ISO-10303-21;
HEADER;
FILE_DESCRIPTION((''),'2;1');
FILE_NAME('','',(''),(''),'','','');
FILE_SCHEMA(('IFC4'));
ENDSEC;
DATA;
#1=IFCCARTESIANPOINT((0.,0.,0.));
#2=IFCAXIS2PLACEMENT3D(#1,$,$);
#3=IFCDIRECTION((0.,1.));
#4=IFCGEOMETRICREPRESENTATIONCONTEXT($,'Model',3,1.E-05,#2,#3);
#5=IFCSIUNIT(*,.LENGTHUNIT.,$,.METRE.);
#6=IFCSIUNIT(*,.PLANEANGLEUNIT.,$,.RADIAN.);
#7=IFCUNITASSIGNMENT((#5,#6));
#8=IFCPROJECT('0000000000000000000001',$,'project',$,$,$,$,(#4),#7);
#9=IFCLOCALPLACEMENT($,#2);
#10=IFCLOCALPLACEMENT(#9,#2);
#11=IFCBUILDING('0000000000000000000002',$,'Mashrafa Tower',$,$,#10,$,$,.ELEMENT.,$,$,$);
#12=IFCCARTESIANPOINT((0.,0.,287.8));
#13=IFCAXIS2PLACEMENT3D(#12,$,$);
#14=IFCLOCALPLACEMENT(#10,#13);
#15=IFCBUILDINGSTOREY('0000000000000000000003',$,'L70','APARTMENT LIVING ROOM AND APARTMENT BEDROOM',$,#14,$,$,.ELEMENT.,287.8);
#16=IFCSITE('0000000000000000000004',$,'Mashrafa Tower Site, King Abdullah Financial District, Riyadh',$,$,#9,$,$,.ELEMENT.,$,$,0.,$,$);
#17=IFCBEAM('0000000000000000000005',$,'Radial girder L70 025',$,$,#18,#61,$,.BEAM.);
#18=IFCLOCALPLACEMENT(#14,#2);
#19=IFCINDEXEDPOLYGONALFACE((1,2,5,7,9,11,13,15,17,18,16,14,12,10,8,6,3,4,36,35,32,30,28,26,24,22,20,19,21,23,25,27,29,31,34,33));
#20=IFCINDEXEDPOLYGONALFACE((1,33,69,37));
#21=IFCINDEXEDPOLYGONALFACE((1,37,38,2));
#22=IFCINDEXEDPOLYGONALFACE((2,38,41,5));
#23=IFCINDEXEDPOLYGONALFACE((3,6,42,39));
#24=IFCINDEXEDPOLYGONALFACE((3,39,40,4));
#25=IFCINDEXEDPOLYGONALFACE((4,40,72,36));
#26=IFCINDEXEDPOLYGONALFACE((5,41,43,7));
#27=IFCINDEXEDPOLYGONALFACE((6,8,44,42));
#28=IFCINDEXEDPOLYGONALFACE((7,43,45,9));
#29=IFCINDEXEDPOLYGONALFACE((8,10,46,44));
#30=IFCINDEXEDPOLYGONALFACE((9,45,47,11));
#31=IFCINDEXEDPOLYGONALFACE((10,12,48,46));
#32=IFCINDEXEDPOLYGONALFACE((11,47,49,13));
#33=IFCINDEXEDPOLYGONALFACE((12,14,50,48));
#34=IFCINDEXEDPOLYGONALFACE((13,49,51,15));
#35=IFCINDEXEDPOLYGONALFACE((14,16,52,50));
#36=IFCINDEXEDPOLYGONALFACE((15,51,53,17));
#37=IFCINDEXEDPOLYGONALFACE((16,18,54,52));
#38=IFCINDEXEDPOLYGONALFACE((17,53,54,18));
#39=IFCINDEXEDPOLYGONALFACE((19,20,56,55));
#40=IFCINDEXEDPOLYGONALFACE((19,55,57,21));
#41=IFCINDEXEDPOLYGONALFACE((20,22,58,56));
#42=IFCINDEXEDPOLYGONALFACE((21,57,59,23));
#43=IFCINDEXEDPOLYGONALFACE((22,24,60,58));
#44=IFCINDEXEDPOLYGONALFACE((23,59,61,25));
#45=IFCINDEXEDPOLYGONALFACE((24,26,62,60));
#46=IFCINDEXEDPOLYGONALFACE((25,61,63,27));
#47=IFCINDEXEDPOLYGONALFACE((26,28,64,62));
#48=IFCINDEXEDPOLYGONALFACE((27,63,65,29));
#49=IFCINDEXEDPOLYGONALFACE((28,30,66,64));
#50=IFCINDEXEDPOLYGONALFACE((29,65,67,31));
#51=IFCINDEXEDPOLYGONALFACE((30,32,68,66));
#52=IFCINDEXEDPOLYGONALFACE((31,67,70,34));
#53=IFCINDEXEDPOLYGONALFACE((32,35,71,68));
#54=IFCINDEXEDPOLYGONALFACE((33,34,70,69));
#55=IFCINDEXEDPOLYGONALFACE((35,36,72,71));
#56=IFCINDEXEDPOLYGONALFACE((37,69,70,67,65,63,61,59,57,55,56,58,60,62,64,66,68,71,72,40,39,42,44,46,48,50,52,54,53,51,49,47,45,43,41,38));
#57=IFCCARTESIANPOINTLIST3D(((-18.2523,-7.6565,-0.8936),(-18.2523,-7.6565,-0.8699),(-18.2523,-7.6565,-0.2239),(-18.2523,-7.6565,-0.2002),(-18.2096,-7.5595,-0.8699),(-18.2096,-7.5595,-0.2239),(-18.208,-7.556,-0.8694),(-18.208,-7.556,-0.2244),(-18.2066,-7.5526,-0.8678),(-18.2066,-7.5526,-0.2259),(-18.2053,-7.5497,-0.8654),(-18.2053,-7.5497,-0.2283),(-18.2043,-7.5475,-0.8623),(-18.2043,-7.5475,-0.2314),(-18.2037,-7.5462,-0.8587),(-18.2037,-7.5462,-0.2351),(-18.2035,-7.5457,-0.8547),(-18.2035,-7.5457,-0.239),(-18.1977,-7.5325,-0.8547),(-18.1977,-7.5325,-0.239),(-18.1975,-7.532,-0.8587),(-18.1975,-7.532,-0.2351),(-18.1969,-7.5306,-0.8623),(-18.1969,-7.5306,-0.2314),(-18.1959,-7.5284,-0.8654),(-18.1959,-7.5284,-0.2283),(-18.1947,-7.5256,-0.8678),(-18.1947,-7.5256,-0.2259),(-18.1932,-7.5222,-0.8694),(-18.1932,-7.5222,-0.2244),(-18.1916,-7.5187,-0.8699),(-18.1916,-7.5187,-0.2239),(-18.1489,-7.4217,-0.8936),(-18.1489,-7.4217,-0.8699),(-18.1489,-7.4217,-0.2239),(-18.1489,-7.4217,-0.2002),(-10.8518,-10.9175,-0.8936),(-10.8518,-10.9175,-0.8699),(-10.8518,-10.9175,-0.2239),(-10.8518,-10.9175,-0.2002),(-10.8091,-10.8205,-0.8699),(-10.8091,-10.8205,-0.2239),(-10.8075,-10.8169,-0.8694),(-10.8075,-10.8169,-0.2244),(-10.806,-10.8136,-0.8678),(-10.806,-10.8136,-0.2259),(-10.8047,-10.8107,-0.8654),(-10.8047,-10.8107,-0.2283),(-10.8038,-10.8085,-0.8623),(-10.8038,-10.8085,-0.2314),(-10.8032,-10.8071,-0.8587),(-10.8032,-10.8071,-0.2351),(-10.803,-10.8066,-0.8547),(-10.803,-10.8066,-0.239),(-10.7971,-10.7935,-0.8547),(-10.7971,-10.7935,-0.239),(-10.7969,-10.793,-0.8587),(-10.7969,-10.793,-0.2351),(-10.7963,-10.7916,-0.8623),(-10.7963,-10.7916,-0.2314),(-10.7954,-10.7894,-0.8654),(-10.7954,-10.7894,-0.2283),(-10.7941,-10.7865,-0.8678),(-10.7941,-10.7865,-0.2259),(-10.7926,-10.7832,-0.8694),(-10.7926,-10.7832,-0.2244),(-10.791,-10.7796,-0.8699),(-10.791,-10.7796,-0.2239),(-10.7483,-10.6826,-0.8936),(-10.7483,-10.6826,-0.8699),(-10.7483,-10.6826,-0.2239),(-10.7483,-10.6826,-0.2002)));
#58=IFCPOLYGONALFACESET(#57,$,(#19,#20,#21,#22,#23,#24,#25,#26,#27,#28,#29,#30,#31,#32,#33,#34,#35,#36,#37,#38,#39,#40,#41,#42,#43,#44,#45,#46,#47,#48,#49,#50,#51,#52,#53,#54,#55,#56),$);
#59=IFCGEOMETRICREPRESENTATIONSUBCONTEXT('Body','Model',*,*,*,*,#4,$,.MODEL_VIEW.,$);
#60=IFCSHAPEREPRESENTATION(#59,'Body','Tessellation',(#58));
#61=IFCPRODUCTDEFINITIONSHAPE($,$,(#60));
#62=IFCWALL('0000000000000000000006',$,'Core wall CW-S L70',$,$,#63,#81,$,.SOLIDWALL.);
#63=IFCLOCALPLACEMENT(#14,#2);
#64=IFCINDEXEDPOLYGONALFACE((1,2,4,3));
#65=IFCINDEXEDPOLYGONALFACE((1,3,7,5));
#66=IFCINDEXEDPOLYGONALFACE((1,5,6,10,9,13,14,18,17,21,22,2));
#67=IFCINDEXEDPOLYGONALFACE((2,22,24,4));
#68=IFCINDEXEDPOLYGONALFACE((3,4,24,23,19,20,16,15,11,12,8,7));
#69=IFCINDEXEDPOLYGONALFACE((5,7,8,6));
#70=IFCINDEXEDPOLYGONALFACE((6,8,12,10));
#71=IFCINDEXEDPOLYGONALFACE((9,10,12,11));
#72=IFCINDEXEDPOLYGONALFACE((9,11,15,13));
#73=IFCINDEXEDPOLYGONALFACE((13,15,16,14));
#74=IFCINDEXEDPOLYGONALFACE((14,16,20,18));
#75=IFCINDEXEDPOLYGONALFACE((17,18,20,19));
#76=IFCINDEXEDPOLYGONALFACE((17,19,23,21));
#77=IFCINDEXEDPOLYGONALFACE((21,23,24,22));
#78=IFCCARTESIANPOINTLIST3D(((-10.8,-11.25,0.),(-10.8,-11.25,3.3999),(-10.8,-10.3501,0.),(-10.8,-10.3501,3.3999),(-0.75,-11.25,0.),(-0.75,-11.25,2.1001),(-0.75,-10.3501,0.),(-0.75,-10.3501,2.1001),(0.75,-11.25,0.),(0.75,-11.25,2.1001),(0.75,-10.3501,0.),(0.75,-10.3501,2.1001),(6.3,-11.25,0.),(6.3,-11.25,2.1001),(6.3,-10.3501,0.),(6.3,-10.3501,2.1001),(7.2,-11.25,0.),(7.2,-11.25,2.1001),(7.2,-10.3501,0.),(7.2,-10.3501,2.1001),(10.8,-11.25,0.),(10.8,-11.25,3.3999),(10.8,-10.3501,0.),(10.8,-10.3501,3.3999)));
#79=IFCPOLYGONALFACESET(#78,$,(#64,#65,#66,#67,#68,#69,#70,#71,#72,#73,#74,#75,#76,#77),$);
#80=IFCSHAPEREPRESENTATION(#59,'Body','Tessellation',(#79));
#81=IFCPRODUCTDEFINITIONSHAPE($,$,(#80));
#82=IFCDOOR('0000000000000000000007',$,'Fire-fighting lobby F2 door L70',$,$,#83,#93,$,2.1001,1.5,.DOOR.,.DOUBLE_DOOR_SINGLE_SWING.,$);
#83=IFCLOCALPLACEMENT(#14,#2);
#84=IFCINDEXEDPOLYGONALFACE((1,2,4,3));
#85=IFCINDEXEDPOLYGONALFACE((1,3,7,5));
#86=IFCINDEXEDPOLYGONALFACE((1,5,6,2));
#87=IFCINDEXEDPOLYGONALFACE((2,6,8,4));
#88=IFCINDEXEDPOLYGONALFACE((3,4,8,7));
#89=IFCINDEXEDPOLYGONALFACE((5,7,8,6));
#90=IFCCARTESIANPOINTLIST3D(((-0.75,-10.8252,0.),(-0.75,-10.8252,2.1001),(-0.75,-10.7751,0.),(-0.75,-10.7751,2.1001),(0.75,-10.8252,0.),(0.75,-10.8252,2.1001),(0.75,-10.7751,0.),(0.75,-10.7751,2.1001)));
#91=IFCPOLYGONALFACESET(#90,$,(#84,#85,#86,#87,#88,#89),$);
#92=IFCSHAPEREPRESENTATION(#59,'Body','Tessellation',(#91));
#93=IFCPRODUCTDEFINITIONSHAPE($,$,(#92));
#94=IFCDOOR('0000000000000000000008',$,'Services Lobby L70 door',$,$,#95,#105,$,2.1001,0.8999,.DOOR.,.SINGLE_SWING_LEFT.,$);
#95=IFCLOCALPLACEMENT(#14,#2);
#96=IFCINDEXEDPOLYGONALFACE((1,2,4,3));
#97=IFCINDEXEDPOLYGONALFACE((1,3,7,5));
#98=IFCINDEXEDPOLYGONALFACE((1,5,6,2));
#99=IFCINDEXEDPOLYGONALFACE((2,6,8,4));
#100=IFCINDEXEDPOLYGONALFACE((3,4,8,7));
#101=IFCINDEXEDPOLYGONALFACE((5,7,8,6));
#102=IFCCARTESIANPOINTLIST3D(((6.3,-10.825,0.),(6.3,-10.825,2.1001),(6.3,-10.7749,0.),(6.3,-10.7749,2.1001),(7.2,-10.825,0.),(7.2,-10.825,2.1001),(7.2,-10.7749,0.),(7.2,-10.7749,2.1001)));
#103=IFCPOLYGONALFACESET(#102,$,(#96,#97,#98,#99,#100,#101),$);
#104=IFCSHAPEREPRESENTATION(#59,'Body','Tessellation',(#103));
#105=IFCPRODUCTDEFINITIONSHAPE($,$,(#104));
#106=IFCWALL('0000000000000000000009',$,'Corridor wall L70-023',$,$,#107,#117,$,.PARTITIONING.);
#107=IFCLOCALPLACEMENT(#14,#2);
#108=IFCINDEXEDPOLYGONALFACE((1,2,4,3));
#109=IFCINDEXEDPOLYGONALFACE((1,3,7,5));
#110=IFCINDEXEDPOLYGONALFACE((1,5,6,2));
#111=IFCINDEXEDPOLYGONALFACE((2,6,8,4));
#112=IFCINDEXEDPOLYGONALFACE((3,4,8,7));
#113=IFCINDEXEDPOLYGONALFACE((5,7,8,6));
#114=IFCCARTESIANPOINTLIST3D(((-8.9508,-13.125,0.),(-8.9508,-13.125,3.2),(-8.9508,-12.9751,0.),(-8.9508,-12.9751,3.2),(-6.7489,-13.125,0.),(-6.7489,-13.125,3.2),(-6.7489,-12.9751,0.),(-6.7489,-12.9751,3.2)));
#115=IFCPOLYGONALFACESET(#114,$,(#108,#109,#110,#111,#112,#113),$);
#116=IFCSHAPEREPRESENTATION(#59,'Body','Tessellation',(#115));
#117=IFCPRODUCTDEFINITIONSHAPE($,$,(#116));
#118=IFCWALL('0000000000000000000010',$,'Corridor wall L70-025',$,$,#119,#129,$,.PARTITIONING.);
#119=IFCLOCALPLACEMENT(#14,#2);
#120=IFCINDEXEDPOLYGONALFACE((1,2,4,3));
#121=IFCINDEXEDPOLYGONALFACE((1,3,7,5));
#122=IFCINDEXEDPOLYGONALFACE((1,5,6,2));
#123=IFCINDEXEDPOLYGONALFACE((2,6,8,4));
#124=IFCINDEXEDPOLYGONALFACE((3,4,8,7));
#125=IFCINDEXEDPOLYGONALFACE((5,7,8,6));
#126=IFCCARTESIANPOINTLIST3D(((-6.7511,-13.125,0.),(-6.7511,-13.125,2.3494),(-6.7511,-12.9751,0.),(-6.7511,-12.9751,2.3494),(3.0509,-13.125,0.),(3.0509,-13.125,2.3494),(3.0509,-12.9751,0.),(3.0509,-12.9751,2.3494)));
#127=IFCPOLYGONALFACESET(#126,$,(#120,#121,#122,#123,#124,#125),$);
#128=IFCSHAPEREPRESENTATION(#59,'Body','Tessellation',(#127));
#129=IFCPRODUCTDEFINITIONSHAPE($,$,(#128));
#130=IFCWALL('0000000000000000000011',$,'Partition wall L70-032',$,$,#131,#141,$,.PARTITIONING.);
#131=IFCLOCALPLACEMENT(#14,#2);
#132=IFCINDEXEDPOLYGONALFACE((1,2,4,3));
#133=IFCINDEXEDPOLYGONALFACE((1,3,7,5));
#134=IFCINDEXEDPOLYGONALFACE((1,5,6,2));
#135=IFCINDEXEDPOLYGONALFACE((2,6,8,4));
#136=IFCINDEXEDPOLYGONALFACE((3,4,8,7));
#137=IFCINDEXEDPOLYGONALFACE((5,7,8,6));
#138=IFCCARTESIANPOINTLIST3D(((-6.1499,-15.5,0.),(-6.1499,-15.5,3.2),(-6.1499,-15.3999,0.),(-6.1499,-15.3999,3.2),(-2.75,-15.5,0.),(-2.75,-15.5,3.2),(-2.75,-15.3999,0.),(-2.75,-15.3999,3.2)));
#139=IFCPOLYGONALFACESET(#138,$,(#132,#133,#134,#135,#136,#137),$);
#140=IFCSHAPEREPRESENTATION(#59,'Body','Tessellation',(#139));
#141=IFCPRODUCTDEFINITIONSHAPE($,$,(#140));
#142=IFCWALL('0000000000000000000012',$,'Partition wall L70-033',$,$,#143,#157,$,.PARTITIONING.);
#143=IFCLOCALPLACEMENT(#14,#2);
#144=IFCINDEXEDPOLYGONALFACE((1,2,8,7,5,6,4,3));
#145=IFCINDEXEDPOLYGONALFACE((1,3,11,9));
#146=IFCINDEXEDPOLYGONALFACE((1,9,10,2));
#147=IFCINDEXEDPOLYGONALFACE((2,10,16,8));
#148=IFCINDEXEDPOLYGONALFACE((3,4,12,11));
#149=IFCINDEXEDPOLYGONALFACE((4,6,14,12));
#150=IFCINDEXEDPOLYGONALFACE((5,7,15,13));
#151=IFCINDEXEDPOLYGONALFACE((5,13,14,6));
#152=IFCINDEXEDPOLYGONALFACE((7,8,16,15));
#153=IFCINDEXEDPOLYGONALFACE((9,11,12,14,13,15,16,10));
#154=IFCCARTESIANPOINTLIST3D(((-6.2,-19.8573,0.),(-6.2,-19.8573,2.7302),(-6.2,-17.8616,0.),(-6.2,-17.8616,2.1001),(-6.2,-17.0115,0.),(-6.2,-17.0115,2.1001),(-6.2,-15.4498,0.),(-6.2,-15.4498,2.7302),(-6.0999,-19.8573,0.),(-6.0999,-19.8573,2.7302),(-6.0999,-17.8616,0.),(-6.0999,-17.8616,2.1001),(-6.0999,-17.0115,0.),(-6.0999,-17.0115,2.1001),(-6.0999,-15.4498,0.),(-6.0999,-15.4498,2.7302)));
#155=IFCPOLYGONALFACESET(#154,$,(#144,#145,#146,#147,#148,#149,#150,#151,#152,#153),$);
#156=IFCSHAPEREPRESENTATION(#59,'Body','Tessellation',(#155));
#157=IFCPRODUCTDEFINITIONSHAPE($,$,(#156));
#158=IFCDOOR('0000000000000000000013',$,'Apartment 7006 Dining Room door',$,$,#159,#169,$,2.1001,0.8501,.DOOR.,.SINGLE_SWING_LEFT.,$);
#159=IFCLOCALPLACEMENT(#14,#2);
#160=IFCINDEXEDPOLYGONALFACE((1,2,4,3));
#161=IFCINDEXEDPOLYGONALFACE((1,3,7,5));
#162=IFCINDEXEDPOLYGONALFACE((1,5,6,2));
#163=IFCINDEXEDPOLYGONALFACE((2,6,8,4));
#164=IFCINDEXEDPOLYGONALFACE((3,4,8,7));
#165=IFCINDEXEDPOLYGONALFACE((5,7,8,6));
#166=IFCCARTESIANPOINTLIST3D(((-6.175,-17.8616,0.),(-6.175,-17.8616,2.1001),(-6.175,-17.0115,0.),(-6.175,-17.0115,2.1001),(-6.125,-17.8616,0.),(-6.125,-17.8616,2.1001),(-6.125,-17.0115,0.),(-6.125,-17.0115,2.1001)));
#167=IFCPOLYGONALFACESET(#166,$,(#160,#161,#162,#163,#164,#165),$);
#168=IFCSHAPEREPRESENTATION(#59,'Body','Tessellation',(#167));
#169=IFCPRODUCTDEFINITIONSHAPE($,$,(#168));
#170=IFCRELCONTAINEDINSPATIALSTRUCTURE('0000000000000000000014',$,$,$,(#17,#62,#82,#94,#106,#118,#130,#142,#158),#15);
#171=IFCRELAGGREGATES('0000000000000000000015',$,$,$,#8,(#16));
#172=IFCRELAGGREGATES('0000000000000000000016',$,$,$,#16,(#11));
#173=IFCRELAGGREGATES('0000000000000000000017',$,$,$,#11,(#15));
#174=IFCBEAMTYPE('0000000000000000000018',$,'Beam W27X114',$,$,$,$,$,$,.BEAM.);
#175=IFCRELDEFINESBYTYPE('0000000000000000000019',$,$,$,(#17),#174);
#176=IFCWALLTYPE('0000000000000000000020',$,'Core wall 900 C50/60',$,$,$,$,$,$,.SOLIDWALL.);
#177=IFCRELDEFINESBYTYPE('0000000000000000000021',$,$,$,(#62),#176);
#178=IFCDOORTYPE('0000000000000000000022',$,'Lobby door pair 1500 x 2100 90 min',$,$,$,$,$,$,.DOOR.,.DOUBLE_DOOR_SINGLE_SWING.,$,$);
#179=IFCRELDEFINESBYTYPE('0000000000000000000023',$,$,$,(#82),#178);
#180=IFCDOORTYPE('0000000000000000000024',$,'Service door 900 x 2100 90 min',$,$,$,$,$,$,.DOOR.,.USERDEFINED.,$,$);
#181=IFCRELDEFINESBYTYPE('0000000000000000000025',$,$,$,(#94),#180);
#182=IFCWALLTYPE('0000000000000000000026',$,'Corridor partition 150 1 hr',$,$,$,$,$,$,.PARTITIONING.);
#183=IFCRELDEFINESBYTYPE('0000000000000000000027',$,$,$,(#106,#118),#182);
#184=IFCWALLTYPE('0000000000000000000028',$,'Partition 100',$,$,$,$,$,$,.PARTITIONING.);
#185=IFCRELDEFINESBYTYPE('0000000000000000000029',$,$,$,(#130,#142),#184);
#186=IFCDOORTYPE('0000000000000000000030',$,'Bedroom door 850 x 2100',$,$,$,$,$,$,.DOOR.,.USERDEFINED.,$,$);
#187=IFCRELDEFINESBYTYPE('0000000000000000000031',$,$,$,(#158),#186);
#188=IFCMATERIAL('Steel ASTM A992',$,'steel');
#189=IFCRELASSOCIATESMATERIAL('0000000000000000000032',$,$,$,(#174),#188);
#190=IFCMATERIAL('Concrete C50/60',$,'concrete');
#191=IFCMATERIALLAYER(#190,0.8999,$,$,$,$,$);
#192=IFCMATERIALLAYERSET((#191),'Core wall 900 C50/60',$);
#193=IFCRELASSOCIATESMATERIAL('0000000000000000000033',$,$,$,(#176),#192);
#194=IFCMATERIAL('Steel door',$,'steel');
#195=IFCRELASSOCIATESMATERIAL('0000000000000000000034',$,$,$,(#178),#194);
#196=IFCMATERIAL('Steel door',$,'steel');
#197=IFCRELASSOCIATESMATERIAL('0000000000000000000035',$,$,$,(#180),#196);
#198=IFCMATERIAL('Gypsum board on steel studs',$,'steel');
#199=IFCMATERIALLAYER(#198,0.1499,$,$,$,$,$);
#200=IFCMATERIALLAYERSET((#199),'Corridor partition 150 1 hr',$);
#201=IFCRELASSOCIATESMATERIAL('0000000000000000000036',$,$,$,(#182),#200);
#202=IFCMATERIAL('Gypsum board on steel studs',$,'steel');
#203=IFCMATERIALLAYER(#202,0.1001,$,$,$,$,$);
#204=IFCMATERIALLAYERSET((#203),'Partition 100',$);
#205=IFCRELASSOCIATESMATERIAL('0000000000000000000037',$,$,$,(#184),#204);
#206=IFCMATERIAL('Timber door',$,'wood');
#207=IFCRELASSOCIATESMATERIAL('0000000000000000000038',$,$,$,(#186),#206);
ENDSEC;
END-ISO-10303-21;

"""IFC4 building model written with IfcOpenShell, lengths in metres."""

from ifc_helpers import new_model, si_unit, direction, frame, frame_2d, origin, origin_2d, place, context, subcontext, project, spatial, rectangle, i_section, extrude, material, layer, layer_set, material_profile, profile_set, type_object, element, fill, save


model = new_model("IFC4")

# Units and contexts
model_context = context("Model", 3, precision=1e-05, world=origin(), true_north=direction((0.0, 1.0)))
body_context = subcontext(model_context, "Body", "Model", "MODEL_VIEW")
ifc_project = project(units=[si_unit("LENGTHUNIT", "METRE"), si_unit("PLANEANGLEUNIT", "RADIAN")], contexts=[model_context])

# Site, building, storey
site_placement = place(None, origin())
site = spatial("IfcSite", under=ifc_project, at=site_placement, Name="Mashrafa Tower Site, King Abdullah Financial District, Riyadh", CompositionType="ELEMENT", RefElevation=0.0)
building_placement = place(site_placement, origin())
building = spatial("IfcBuilding", under=site, at=building_placement, Name="Mashrafa Tower", CompositionType="ELEMENT")
storey_placement = place(building_placement, frame((0.0, 0.0, 287.8)))
storey = spatial("IfcBuildingStorey", under=building, at=storey_placement, Name="L70", Description="APARTMENT LIVING ROOM AND APARTMENT BEDROOM", CompositionType="ELEMENT", Elevation=287.8)

# Beam
ifc_material_1 = material(Name="Steel ASTM A992", Category="steel")
ifc_material_profile_1 = material_profile(ifc_material_1, i_section(OverallWidth=0.2566, OverallDepth=0.6934, WebThickness=0.0144, FlangeThickness=0.0237, FilletRadius=0.0151, at=origin_2d()), Name="W27X114")
ifc_profile_set_1 = profile_set([ifc_material_profile_1], Name="Steel ASTM A992")
beam_type_1 = type_object("IfcBeamType", Name="Beam W27X114", PredefinedType="BEAM", material=ifc_profile_set_1)
beam_1_placement = place(storey_placement, frame((-10.8, -10.8, -0.5469), z_axis=(-0.9151, 0.403226, 0.0), x_axis=(-0.403226, -0.9151, 0.0)))
element("IfcBeam", 1, at=beam_1_placement, inside=storey, type_object=beam_type_1, Name="Radial girder L70 025", PredefinedType="BEAM", context=body_context, shape_type="SweptSolid", body=[
    extrude(i_section(OverallWidth=0.2566, OverallDepth=0.6934, WebThickness=0.0144, FlangeThickness=0.0237, FilletRadius=0.0151, at=origin_2d()), origin(), (0.0, 0.0, 1.0), 8.0872),
])

# Wall, openings, doors
ifc_material_2 = material(Name="Concrete C50/60", Category="concrete")
ifc_layer_1 = layer(ifc_material_2, 0.8999)
ifc_layer_set_1 = layer_set([ifc_layer_1], Name="Core wall 900 C50/60")
wall_type_1 = type_object("IfcWallType", Name="Core wall 900 C50/60", PredefinedType="SOLIDWALL", material=ifc_layer_set_1)
wall_1_placement = place(storey_placement, frame((-10.8, -10.8, 0.0), z_axis=(0.0, 0.0, 1.0), x_axis=(1.0, 0.0, 0.0)))
wall_1 = element("IfcWall", 2, at=wall_1_placement, inside=storey, type_object=wall_type_1, Name="Core wall CW-S L70", PredefinedType="SOLIDWALL", context=body_context, shape_type="SweptSolid", body=[
    extrude(rectangle(XDim=21.6001, YDim=0.8999, at=frame_2d((10.8, 0.0))), origin(), (0.0, 0.0, 1.0), 3.3999),
])
opening_1_placement = place(wall_1_placement, frame((10.05, 0.0, 0.0)))
opening_1 = element("IfcOpeningElement", 3, at=opening_1_placement, cuts=wall_1, PredefinedType="OPENING", context=body_context, shape_type="SweptSolid", body=[
    extrude(rectangle(XDim=1.5, YDim=2.1001, at=frame_2d((0.75, 1.05))), frame((0.0, 0.46, 0.0), z_axis=(0.0, -1.0, 0.0), x_axis=(1.0, 0.0, 0.0)), (0.0, 0.0, 1.0), 0.9199),
])
opening_2_placement = place(wall_1_placement, frame((17.1001, 0.0, 0.0)))
opening_2 = element("IfcOpeningElement", 4, at=opening_2_placement, cuts=wall_1, PredefinedType="OPENING", context=body_context, shape_type="SweptSolid", body=[
    extrude(rectangle(XDim=0.8999, YDim=2.1001, at=frame_2d((0.45, 1.05))), frame((0.0, 0.46, 0.0), z_axis=(0.0, -1.0, 0.0), x_axis=(1.0, 0.0, 0.0)), (0.0, 0.0, 1.0), 0.9199),
])
ifc_material_3 = material(Name="Steel door", Category="steel")
door_type_1 = type_object("IfcDoorType", Name="Lobby door pair 1500 x 2100 90 min", OperationType="DOUBLE_DOOR_SINGLE_SWING", PredefinedType="DOOR", material=ifc_material_3)
door_1_placement = place(opening_1_placement, origin())
door_1 = element("IfcDoor", 5, at=door_1_placement, inside=storey, type_object=door_type_1, Name="Fire-fighting lobby F2 door L70", OperationType="DOUBLE_DOOR_SINGLE_SWING", OverallHeight=2.1001, OverallWidth=1.5, PredefinedType="DOOR", context=body_context, shape_type="SweptSolid", body=[
    extrude(rectangle(XDim=1.5, YDim=2.1001, at=frame_2d((0.75, 1.05))), frame((0.0, 0.0249, 0.0), z_axis=(0.0, -1.0, 0.0), x_axis=(1.0, 0.0, 0.0)), (0.0, 0.0, 1.0), 0.05),
])
fill(opening_1, door_1)
ifc_material_4 = material(Name="Steel door", Category="steel")
door_type_2 = type_object("IfcDoorType", Name="Service door 900 x 2100 90 min", OperationType="USERDEFINED", PredefinedType="DOOR", material=ifc_material_4)
door_2_placement = place(opening_2_placement, frame((0.8999, 0.0, 0.0), z_axis=(0.0, 0.0, 1.0), x_axis=(-1.0, 0.0, 0.0)))
door_2 = element("IfcDoor", 6, at=door_2_placement, inside=storey, type_object=door_type_2, Name="Services Lobby L70 door", OperationType="SINGLE_SWING_LEFT", OverallHeight=2.1001, OverallWidth=0.8999, PredefinedType="DOOR", context=body_context, shape_type="SweptSolid", body=[
    extrude(rectangle(XDim=0.8999, YDim=2.1001, at=frame_2d((0.45, 1.05))), frame((0.0, 0.0249, 0.0), z_axis=(0.0, -1.0, 0.0), x_axis=(1.0, 0.0, 0.0)), (0.0, 0.0, 1.0), 0.05),
])
fill(opening_2, door_2)

# Walls
ifc_material_5 = material(Name="Gypsum board on steel studs", Category="steel")
ifc_layer_2 = layer(ifc_material_5, 0.1499)
ifc_layer_set_2 = layer_set([ifc_layer_2], Name="Corridor partition 150 1 hr")
wall_type_2 = type_object("IfcWallType", Name="Corridor partition 150 1 hr", PredefinedType="PARTITIONING", material=ifc_layer_set_2)
wall_2_placement = place(storey_placement, frame((-8.9509, -13.05, 0.0), z_axis=(0.0, 0.0, 1.0), x_axis=(1.0, 0.0, 0.0)))
element("IfcWall", 7, at=wall_2_placement, inside=storey, type_object=wall_type_2, Name="Corridor wall L70-023", PredefinedType="PARTITIONING", context=body_context, shape_type="SweptSolid", body=[
    extrude(rectangle(XDim=2.2019, YDim=0.1499, at=frame_2d((1.1011, 0.0))), origin(), (0.0, 0.0, 1.0), 3.2),
])
wall_3_placement = place(storey_placement, frame((-6.751, -13.05, 0.0), z_axis=(0.0, 0.0, 1.0), x_axis=(1.0, 0.0, 0.0)))
element("IfcWall", 8, at=wall_3_placement, inside=storey, type_object=wall_type_2, Name="Corridor wall L70-025", PredefinedType="PARTITIONING", context=body_context, shape_type="SweptSolid", body=[
    extrude(rectangle(XDim=9.802, YDim=0.1499, at=frame_2d((4.9009, 0.0))), origin(), (0.0, 0.0, 1.0), 2.3494),
])
ifc_material_6 = material(Name="Gypsum board on steel studs", Category="steel")
ifc_layer_3 = layer(ifc_material_6, 0.1001)
ifc_layer_set_3 = layer_set([ifc_layer_3], Name="Partition 100")
wall_type_3 = type_object("IfcWallType", Name="Partition 100", PredefinedType="PARTITIONING", material=ifc_layer_set_3)
wall_4_placement = place(storey_placement, frame((-2.75, -15.45, 0.0), z_axis=(0.0, 0.0, 1.0), x_axis=(-1.0, 0.0, 0.0)))
element("IfcWall", 9, at=wall_4_placement, inside=storey, type_object=wall_type_3, Name="Partition wall L70-032", PredefinedType="PARTITIONING", context=body_context, shape_type="SweptSolid", body=[
    extrude(rectangle(XDim=3.3999, YDim=0.1001, at=frame_2d((1.7, 0.0))), origin(), (0.0, 0.0, 1.0), 3.2),
])

# Wall, opening, door
wall_5_placement = place(storey_placement, frame((-6.1499, -15.45, 0.0), z_axis=(0.0, 0.0, 1.0), x_axis=(0.0, -1.0, 0.0)))
wall_5 = element("IfcWall", 10, at=wall_5_placement, inside=storey, type_object=wall_type_3, Name="Partition wall L70-033", PredefinedType="PARTITIONING", context=body_context, shape_type="SweptSolid", body=[
    extrude(rectangle(XDim=4.4075, YDim=0.1001, at=frame_2d((2.2036, 0.0))), origin(), (0.0, 0.0, 1.0), 2.7302),
])
opening_3_placement = place(wall_5_placement, frame((1.5615, 0.0, 0.0)))
opening_3 = element("IfcOpeningElement", 11, at=opening_3_placement, cuts=wall_5, PredefinedType="OPENING", context=body_context, shape_type="SweptSolid", body=[
    extrude(rectangle(XDim=0.8501, YDim=2.1001, at=frame_2d((0.425, 1.05))), frame((0.0, 0.0601, 0.0), z_axis=(0.0, -1.0, 0.0), x_axis=(1.0, 0.0, 0.0)), (0.0, 0.0, 1.0), 0.1201),
])
ifc_material_7 = material(Name="Timber door", Category="wood")
door_type_3 = type_object("IfcDoorType", Name="Bedroom door 850 x 2100", OperationType="USERDEFINED", PredefinedType="DOOR", material=ifc_material_7)
door_3_placement = place(opening_3_placement, origin())
door_3 = element("IfcDoor", 12, at=door_3_placement, inside=storey, type_object=door_type_3, Name="Apartment 7006 Dining Room door", OperationType="SINGLE_SWING_LEFT", OverallHeight=2.1001, OverallWidth=0.8501, PredefinedType="DOOR", context=body_context, shape_type="SweptSolid", body=[
    extrude(rectangle(XDim=0.8501, YDim=2.1001, at=frame_2d((0.425, 1.05))), frame((0.0, 0.0249, 0.0), z_axis=(0.0, -1.0, 0.0), x_axis=(1.0, 0.0, 0.0)), (0.0, 0.0, 1.0), 0.05),
])
fill(opening_3, door_3)

save(model, "model.ifc")
